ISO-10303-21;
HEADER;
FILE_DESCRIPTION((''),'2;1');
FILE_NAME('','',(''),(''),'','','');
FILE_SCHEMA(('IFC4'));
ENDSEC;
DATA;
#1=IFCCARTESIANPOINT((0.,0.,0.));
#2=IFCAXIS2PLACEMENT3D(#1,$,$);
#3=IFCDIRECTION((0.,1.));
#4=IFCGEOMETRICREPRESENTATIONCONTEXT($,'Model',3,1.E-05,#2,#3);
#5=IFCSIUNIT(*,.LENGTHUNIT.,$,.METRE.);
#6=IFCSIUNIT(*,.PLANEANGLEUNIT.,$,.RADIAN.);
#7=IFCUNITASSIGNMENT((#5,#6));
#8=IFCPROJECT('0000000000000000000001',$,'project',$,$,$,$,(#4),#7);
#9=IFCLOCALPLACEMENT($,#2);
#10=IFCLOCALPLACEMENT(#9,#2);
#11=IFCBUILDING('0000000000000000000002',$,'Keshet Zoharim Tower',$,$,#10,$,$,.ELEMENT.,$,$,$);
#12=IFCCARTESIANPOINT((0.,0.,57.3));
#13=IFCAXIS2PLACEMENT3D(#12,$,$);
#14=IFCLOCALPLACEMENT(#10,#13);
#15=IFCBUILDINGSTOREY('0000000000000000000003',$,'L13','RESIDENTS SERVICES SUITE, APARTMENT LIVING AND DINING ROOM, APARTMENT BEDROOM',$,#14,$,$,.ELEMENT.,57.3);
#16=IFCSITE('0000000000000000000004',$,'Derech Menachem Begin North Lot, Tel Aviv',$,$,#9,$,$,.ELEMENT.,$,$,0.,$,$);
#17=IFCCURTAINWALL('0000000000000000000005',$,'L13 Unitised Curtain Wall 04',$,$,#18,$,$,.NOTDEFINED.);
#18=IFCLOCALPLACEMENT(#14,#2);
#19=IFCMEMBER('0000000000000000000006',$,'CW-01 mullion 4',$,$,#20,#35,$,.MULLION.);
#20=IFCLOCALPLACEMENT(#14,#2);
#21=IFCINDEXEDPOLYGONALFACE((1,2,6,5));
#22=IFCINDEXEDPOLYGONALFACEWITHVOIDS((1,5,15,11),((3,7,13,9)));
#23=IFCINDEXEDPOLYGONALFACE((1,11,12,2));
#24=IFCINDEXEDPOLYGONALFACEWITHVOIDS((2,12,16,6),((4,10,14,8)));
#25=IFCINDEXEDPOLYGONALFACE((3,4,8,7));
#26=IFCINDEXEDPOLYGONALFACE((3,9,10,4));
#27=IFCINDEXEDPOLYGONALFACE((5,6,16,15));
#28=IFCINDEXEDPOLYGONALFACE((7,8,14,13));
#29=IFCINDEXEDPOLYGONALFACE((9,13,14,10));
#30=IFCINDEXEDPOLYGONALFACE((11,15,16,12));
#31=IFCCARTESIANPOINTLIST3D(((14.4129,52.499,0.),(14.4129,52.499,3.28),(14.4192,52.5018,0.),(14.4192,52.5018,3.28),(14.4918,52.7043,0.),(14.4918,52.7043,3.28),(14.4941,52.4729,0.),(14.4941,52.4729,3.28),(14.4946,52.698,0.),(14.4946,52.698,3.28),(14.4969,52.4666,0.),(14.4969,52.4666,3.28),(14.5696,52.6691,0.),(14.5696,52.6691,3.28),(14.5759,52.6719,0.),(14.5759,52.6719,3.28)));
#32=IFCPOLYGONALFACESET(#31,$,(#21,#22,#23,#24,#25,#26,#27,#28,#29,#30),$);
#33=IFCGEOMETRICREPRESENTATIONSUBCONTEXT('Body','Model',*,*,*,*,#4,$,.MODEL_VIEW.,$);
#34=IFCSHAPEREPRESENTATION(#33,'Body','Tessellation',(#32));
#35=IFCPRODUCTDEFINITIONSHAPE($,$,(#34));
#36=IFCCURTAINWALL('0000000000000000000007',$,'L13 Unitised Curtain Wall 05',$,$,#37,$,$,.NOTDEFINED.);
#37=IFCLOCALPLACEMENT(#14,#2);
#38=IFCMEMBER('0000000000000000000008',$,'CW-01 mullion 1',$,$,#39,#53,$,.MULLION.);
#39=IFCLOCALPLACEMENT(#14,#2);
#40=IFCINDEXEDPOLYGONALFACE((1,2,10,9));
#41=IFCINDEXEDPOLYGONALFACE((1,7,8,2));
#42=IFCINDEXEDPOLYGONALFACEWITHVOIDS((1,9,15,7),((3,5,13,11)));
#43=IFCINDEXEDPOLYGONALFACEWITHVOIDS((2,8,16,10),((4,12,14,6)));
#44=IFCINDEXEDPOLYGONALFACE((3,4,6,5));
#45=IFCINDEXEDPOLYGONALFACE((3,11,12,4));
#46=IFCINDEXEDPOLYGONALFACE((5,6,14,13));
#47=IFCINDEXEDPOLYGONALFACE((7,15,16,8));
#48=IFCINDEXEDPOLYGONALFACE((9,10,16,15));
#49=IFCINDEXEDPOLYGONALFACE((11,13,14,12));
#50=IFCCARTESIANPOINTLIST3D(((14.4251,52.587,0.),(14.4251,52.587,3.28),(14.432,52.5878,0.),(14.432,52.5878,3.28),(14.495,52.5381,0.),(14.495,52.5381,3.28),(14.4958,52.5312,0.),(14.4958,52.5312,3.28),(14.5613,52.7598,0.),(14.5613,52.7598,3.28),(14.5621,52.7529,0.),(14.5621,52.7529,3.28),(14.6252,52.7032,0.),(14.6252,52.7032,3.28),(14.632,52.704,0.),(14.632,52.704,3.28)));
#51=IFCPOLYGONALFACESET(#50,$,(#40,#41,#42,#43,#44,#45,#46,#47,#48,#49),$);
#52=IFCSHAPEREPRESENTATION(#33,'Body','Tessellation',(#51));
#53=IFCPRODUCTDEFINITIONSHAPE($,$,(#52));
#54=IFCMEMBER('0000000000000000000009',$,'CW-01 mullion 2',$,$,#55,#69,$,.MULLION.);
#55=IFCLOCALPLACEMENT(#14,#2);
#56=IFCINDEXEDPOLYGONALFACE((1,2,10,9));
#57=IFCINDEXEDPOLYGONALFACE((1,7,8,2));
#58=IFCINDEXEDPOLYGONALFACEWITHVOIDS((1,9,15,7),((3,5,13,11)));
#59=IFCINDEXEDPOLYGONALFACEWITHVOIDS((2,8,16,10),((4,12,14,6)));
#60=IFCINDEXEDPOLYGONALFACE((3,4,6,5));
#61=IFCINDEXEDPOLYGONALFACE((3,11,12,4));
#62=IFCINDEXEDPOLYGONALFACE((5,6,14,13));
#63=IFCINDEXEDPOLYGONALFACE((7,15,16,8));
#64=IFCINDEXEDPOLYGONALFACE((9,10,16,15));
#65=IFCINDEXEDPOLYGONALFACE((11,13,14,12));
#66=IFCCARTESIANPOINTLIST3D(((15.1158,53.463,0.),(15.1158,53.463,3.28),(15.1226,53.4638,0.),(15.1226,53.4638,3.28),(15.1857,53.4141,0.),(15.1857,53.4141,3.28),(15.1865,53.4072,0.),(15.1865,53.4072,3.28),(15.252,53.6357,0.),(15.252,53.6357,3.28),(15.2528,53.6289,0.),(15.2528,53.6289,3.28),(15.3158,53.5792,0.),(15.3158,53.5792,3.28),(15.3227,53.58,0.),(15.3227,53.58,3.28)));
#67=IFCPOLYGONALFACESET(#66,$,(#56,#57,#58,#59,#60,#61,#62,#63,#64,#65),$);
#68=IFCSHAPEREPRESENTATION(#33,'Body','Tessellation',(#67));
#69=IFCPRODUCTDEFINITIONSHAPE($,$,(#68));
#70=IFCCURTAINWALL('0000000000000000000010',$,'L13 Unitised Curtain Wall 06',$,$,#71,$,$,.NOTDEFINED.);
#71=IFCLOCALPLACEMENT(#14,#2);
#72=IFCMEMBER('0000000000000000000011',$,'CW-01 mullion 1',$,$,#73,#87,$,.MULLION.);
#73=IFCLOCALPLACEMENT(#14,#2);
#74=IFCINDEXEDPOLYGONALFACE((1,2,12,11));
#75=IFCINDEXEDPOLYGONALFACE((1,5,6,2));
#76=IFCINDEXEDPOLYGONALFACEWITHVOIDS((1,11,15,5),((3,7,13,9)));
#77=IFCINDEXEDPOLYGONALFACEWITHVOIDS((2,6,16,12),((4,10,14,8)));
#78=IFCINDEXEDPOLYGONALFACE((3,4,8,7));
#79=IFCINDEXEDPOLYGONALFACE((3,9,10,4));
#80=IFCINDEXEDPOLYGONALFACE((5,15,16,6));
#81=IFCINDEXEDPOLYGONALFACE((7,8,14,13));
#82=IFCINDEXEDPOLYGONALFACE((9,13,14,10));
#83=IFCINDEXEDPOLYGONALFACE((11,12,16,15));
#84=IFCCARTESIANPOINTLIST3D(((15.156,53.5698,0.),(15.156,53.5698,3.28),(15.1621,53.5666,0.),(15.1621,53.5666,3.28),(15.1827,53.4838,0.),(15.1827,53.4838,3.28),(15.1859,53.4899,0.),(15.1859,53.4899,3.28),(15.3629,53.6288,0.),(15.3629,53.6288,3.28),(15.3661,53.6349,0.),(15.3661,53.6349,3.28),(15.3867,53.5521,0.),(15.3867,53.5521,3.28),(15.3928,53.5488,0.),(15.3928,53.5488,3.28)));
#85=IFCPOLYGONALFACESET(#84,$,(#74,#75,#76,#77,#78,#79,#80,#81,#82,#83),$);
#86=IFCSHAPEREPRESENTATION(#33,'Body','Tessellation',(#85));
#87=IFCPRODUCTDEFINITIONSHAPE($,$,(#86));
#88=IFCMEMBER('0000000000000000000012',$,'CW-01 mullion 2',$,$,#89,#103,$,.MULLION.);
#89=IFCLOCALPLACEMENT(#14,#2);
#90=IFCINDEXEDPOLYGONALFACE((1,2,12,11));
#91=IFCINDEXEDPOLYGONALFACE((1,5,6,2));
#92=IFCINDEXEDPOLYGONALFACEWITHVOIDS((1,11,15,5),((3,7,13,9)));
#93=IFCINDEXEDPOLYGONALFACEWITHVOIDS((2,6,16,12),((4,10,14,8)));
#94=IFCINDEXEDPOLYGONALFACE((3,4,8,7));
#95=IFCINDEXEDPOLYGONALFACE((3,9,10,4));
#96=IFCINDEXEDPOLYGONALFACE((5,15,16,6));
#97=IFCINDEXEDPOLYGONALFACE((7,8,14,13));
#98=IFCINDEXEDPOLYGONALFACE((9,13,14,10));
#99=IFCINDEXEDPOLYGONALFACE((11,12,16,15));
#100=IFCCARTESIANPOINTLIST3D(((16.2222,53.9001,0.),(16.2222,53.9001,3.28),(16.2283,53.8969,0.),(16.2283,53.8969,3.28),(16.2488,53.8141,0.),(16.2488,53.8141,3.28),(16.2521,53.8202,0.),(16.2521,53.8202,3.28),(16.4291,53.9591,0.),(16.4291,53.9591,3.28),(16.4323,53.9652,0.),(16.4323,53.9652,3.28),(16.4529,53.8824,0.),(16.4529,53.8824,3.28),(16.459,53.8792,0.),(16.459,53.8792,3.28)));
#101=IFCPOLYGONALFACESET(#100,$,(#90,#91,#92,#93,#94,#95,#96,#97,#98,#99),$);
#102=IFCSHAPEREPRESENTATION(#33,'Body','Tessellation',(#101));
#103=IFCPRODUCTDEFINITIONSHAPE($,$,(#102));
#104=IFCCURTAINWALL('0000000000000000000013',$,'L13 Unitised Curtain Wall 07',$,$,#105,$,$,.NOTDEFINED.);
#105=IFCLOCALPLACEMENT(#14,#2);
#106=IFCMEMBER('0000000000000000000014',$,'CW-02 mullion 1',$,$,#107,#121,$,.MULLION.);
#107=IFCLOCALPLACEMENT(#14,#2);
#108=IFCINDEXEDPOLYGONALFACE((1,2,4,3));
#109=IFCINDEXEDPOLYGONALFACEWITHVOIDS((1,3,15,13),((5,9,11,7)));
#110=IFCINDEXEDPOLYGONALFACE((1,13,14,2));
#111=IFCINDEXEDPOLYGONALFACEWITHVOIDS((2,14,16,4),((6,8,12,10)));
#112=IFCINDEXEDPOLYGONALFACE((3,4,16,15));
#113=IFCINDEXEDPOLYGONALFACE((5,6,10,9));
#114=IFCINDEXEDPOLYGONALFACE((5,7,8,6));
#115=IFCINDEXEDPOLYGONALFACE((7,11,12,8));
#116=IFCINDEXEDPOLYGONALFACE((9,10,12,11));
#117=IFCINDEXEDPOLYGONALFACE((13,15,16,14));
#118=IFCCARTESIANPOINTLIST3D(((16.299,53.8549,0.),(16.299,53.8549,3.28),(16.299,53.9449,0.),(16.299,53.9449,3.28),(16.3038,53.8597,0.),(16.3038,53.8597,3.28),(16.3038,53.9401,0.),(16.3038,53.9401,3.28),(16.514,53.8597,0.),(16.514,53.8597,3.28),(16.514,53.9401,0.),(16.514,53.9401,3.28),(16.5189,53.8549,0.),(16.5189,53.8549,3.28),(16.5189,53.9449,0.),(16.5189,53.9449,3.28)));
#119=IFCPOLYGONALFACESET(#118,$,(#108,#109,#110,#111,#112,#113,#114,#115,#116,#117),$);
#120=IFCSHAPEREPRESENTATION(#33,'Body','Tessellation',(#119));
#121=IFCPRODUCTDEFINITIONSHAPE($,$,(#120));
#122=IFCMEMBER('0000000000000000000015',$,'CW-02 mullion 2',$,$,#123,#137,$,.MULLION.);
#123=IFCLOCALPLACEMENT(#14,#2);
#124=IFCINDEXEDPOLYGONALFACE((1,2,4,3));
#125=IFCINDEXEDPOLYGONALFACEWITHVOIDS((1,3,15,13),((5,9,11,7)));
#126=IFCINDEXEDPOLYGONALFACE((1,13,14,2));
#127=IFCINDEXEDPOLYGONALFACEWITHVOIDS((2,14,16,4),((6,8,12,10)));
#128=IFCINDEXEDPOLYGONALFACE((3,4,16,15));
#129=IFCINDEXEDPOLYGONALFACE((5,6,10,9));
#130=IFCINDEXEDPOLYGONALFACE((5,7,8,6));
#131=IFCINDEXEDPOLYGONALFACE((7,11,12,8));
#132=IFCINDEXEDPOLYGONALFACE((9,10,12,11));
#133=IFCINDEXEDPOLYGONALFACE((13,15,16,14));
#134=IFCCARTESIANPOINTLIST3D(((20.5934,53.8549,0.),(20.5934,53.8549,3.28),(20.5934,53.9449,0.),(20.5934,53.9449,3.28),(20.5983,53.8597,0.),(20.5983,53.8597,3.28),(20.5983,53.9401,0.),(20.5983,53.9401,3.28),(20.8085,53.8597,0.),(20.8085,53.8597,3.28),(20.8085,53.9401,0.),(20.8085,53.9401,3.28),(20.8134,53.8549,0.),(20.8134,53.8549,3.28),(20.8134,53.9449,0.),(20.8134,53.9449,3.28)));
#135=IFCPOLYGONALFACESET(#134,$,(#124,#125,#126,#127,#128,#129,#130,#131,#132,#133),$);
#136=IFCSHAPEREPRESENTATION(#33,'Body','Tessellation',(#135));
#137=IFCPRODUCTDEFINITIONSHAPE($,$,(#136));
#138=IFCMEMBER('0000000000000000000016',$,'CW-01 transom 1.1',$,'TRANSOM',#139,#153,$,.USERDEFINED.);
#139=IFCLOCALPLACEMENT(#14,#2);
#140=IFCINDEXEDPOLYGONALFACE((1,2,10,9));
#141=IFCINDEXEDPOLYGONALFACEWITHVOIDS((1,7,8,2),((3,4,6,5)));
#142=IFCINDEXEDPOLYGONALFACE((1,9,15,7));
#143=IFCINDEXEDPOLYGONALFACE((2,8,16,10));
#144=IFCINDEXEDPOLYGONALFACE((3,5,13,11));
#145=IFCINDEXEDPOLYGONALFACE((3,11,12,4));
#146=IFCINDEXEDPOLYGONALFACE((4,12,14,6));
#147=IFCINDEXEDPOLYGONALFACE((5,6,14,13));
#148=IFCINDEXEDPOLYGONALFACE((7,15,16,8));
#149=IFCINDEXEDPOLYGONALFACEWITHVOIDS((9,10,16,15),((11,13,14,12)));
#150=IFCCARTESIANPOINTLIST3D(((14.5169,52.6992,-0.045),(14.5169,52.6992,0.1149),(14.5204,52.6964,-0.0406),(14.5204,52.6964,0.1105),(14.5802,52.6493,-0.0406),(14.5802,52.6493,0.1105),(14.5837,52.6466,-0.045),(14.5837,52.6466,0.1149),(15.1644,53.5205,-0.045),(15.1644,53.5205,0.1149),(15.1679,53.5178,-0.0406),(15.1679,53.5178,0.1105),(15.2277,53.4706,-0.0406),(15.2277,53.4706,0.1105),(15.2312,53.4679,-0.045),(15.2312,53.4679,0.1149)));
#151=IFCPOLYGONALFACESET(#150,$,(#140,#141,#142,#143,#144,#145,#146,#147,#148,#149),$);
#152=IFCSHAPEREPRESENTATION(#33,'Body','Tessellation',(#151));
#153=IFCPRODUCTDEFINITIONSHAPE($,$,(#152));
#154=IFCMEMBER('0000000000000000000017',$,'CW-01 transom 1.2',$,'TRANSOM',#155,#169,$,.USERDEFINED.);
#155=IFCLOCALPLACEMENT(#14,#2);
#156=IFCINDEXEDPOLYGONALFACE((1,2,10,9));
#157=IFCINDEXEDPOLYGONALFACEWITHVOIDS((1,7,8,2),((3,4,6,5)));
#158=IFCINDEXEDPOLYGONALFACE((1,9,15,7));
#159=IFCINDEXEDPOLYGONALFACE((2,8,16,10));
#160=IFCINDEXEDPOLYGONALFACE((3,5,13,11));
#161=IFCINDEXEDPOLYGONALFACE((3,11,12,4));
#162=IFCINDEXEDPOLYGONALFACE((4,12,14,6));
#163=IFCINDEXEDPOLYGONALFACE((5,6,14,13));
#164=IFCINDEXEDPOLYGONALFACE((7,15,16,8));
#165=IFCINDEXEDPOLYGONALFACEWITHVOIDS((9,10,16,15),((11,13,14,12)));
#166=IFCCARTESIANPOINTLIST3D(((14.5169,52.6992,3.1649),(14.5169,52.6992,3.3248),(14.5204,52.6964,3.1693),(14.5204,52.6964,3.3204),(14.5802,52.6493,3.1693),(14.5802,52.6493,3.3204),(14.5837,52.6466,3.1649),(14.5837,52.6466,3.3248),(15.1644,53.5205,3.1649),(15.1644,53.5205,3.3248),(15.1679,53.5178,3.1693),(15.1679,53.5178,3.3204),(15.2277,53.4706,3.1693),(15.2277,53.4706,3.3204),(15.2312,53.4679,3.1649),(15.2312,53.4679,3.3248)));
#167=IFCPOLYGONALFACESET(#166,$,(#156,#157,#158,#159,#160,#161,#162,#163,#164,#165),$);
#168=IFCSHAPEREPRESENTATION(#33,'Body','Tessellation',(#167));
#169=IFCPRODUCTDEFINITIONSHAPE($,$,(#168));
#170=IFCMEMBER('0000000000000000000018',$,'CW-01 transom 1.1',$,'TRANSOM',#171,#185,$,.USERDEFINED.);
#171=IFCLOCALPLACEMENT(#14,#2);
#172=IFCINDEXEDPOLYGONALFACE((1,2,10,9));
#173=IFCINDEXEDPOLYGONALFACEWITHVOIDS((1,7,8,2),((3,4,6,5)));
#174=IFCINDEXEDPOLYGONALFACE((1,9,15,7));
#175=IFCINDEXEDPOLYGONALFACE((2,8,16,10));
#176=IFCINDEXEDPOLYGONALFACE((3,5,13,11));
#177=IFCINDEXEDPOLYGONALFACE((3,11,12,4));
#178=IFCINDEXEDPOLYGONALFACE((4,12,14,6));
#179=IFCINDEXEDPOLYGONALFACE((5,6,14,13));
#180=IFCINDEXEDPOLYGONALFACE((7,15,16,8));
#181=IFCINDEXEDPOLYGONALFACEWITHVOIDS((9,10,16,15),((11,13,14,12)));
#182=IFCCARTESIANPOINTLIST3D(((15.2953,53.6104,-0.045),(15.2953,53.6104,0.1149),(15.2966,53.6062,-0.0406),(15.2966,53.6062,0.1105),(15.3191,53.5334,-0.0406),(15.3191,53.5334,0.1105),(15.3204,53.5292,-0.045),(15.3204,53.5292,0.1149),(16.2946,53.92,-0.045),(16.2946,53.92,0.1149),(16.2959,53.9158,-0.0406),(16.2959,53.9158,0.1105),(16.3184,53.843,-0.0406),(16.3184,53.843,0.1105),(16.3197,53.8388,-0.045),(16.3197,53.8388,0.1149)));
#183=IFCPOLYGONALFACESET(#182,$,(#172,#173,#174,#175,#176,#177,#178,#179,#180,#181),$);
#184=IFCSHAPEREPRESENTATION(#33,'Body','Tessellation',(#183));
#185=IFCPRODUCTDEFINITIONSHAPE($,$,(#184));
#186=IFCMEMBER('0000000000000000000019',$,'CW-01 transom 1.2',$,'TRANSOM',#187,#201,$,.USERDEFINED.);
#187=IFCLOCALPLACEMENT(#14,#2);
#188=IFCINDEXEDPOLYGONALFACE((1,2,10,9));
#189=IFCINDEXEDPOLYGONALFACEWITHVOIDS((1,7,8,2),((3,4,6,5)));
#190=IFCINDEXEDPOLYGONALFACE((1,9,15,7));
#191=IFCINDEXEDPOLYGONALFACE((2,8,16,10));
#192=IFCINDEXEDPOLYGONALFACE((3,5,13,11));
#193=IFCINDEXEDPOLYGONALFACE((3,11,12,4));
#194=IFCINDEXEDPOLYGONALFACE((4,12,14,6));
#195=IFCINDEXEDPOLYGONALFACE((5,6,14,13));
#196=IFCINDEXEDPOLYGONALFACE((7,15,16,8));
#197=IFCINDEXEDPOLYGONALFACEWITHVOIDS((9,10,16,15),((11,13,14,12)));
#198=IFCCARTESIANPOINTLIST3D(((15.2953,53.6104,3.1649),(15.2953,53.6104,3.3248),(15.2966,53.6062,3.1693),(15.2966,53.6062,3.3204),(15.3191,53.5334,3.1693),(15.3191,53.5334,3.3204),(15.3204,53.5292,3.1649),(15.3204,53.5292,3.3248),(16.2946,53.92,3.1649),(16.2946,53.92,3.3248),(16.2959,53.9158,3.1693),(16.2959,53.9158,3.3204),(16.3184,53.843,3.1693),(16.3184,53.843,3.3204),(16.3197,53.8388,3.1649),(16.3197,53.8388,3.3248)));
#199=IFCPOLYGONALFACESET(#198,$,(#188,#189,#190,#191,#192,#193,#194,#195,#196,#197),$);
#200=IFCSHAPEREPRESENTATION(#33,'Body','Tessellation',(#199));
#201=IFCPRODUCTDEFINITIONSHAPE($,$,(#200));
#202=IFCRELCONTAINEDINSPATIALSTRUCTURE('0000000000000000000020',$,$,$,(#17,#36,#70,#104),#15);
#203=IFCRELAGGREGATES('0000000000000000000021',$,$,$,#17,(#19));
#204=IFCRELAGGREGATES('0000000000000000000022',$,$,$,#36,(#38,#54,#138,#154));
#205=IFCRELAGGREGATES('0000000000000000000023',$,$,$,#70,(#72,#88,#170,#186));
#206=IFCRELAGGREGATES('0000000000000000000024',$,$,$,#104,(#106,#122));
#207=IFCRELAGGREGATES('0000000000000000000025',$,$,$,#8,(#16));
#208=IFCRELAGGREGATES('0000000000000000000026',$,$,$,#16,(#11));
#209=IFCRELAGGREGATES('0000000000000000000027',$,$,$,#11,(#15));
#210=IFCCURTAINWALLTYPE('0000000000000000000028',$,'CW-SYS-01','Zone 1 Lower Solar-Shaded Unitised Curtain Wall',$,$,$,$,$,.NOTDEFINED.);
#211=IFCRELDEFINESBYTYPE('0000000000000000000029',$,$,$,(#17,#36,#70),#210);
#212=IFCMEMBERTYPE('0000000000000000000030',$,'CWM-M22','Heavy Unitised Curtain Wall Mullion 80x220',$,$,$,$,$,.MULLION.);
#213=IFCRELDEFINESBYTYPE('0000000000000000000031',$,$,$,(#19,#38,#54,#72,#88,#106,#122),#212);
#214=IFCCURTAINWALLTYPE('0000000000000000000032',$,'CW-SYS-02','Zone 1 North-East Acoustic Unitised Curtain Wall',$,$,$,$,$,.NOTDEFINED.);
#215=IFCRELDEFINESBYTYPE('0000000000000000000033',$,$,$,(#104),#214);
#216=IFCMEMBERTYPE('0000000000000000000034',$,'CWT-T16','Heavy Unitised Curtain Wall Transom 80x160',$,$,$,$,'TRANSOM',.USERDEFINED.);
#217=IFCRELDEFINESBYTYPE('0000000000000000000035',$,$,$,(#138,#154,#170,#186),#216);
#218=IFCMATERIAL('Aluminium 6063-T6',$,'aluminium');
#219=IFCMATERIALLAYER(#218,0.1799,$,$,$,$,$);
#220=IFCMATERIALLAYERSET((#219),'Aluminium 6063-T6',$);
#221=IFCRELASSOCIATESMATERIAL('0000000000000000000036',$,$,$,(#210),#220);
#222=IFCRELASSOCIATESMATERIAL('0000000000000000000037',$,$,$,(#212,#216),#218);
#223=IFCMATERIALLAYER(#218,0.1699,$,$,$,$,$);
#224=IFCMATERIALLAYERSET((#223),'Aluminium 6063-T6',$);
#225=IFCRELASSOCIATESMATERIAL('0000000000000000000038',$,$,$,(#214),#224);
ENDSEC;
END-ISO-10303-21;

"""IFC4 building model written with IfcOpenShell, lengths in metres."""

from ifc_helpers import new_model, si_unit, direction, frame, origin, origin_2d, place, context, subcontext, project, spatial, hollow_rectangle, extrude, material, layer, layer_set, material_profile, profile_set, type_object, element, aggregate, save


model = new_model("IFC4")

# Units and contexts
model_context = context("Model", 3, precision=1e-05, world=origin(), true_north=direction((0.0, 1.0)))
body_context = subcontext(model_context, "Body", "Model", "MODEL_VIEW")
ifc_project = project(units=[si_unit("LENGTHUNIT", "METRE"), si_unit("PLANEANGLEUNIT", "RADIAN")], contexts=[model_context])

# Site, building, storey
site_placement = place(None, origin())
site = spatial("IfcSite", under=ifc_project, at=site_placement, Name="Derech Menachem Begin North Lot, Tel Aviv", CompositionType="ELEMENT", RefElevation=0.0)
building_placement = place(site_placement, origin())
building = spatial("IfcBuilding", under=site, at=building_placement, Name="Keshet Zoharim Tower", CompositionType="ELEMENT")
storey_placement = place(building_placement, frame((0.0, 0.0, 57.3)))
storey = spatial("IfcBuildingStorey", under=building, at=storey_placement, Name="L13", Description="RESIDENTS SERVICES SUITE, APARTMENT LIVING AND DINING ROOM, APARTMENT BEDROOM", CompositionType="ELEMENT", Elevation=57.3)

# Curtain wall, member
ifc_material_1 = material(Name="Aluminium 6063-T6", Category="aluminium")
ifc_layer_1 = layer(ifc_material_1, 0.1799)
ifc_layer_set_1 = layer_set([ifc_layer_1], Name="Aluminium 6063-T6")
curtain_wall_type_1 = type_object("IfcCurtainWallType", Name="CW-SYS-01", Description="Zone 1 Lower Solar-Shaded Unitised Curtain Wall", PredefinedType="NOTDEFINED", material=ifc_layer_set_1)
curtain_wall_1_placement = place(storey_placement, origin())
curtain_wall_1 = element("IfcCurtainWall", 1, at=curtain_wall_1_placement, inside=storey, type_object=curtain_wall_type_1, Name="L13 Unitised Curtain Wall 04", PredefinedType="NOTDEFINED")
ifc_material_profile_1 = material_profile(ifc_material_1, hollow_rectangle(XDim=0.0901, YDim=0.22, WallThickness=0.0049, at=origin_2d()), Name="MUL-90x220")
ifc_profile_set_1 = profile_set([ifc_material_profile_1], Name="Aluminium 6063-T6")
member_type_1 = type_object("IfcMemberType", Name="CWM-M22", Description="Heavy Unitised Curtain Wall Mullion 80x220", PredefinedType="MULLION", material=ifc_profile_set_1)
member_1_placement = place(storey_placement, frame((14.4944, 52.5854, 0.0), z_axis=(0.0, 0.0, 1.0), x_axis=(-0.933341, 0.35899, 0.0)))
member_1 = element("IfcMember", 2, at=member_1_placement, type_object=member_type_1, Name="CW-01 mullion 4", PredefinedType="MULLION", context=body_context, shape_type="SweptSolid", body=[
    extrude(hollow_rectangle(XDim=0.0901, YDim=0.22, WallThickness=0.0049, at=origin_2d()), origin(), (0.0, 0.0, 1.0), 3.28),
])
aggregate(curtain_wall_1, [member_1])

# Curtain walls, members
curtain_wall_2_placement = place(storey_placement, origin())
curtain_wall_2 = element("IfcCurtainWall", 3, at=curtain_wall_2_placement, inside=storey, type_object=curtain_wall_type_1, Name="L13 Unitised Curtain Wall 05", PredefinedType="NOTDEFINED")
member_2_placement = place(storey_placement, frame((14.5286, 52.6455, 0.0), z_axis=(0.0, 0.0, 1.0), x_axis=(-0.785293, 0.619125, 0.0)))
member_2 = element("IfcMember", 4, at=member_2_placement, type_object=member_type_1, Name="CW-01 mullion 1", PredefinedType="MULLION", context=body_context, shape_type="SweptSolid", body=[
    extrude(hollow_rectangle(XDim=0.0901, YDim=0.22, WallThickness=0.0049, at=origin_2d()), origin(), (0.0, 0.0, 1.0), 3.28),
])
member_3_placement = place(storey_placement, frame((15.2192, 53.5215, 0.0), z_axis=(0.0, 0.0, 1.0), x_axis=(-0.785293, 0.619125, 0.0)))
member_3 = element("IfcMember", 5, at=member_3_placement, type_object=member_type_1, Name="CW-01 mullion 2", PredefinedType="MULLION", context=body_context, shape_type="SweptSolid", body=[
    extrude(hollow_rectangle(XDim=0.0901, YDim=0.22, WallThickness=0.0049, at=origin_2d()), origin(), (0.0, 0.0, 1.0), 3.28),
])
curtain_wall_3_placement = place(storey_placement, origin())
curtain_wall_3 = element("IfcCurtainWall", 6, at=curtain_wall_3_placement, inside=storey, type_object=curtain_wall_type_1, Name="L13 Unitised Curtain Wall 06", PredefinedType="NOTDEFINED")
member_4_placement = place(storey_placement, frame((15.2744, 53.5593, 0.0), z_axis=(0.0, 0.0, 1.0), x_axis=(-0.295922, 0.955212, 0.0)))
member_4 = element("IfcMember", 7, at=member_4_placement, type_object=member_type_1, Name="CW-01 mullion 1", PredefinedType="MULLION", context=body_context, shape_type="SweptSolid", body=[
    extrude(hollow_rectangle(XDim=0.0901, YDim=0.22, WallThickness=0.0049, at=origin_2d()), origin(), (0.0, 0.0, 1.0), 3.28),
])
member_5_placement = place(storey_placement, frame((16.3406, 53.8896, 0.0), z_axis=(0.0, 0.0, 1.0), x_axis=(-0.295922, 0.955212, 0.0)))
member_5 = element("IfcMember", 8, at=member_5_placement, type_object=member_type_1, Name="CW-01 mullion 2", PredefinedType="MULLION", context=body_context, shape_type="SweptSolid", body=[
    extrude(hollow_rectangle(XDim=0.0901, YDim=0.22, WallThickness=0.0049, at=origin_2d()), origin(), (0.0, 0.0, 1.0), 3.28),
])
ifc_layer_2 = layer(ifc_material_1, 0.1699)
ifc_layer_set_2 = layer_set([ifc_layer_2], Name="Aluminium 6063-T6")
curtain_wall_type_2 = type_object("IfcCurtainWallType", Name="CW-SYS-02", Description="Zone 1 North-East Acoustic Unitised Curtain Wall", PredefinedType="NOTDEFINED", material=ifc_layer_set_2)
curtain_wall_4_placement = place(storey_placement, origin())
curtain_wall_4 = element("IfcCurtainWall", 9, at=curtain_wall_4_placement, inside=storey, type_object=curtain_wall_type_2, Name="L13 Unitised Curtain Wall 07", PredefinedType="NOTDEFINED")
member_6_placement = place(storey_placement, frame((16.4089, 53.8999, 0.0), z_axis=(0.0, 0.0, 1.0), x_axis=(0.0, 1.0, 0.0)))
member_6 = element("IfcMember", 10, at=member_6_placement, type_object=member_type_1, Name="CW-02 mullion 1", PredefinedType="MULLION", context=body_context, shape_type="SweptSolid", body=[
    extrude(hollow_rectangle(XDim=0.0901, YDim=0.22, WallThickness=0.0049, at=origin_2d()), origin(), (0.0, 0.0, 1.0), 3.28),
])
member_7_placement = place(storey_placement, frame((20.7034, 53.8999, 0.0), z_axis=(0.0, 0.0, 1.0), x_axis=(0.0, 1.0, 0.0)))
member_7 = element("IfcMember", 11, at=member_7_placement, type_object=member_type_1, Name="CW-02 mullion 2", PredefinedType="MULLION", context=body_context, shape_type="SweptSolid", body=[
    extrude(hollow_rectangle(XDim=0.0901, YDim=0.22, WallThickness=0.0049, at=origin_2d()), origin(), (0.0, 0.0, 1.0), 3.28),
])

# Members
ifc_material_profile_2 = material_profile(ifc_material_1, hollow_rectangle(XDim=0.085, YDim=0.1599, WallThickness=0.0044, at=origin_2d()), Name="TRN-85x160")
ifc_profile_set_2 = profile_set([ifc_material_profile_2], Name="Aluminium 6063-T6")
member_type_2 = type_object("IfcMemberType", Name="CWT-T16", Description="Heavy Unitised Curtain Wall Transom 80x160", ElementType="TRANSOM", PredefinedType="USERDEFINED", material=ifc_profile_set_2)
member_8_placement = place(storey_placement, frame((14.5503, 52.6729, 0.0349), z_axis=(0.619099, 0.785313, 0.0), x_axis=(-0.785313, 0.619099, 0.0)))
member_8 = element("IfcMember", 12, at=member_8_placement, type_object=member_type_2, Name="CW-01 transom 1.1", ObjectType="TRANSOM", PredefinedType="USERDEFINED", context=body_context, shape_type="SweptSolid", body=[
    extrude(hollow_rectangle(XDim=0.085, YDim=0.1599, WallThickness=0.0044, at=origin_2d()), origin(), (0.0, 0.0, 1.0), 1.0459),
])
member_9_placement = place(storey_placement, frame((14.5503, 52.6729, 3.2449), z_axis=(0.619099, 0.785313, 0.0), x_axis=(-0.785313, 0.619099, 0.0)))
member_9 = element("IfcMember", 13, at=member_9_placement, type_object=member_type_2, Name="CW-01 transom 1.2", ObjectType="TRANSOM", PredefinedType="USERDEFINED", context=body_context, shape_type="SweptSolid", body=[
    extrude(hollow_rectangle(XDim=0.085, YDim=0.1599, WallThickness=0.0044, at=origin_2d()), origin(), (0.0, 0.0, 1.0), 1.0459),
])
member_10_placement = place(storey_placement, frame((15.3079, 53.5698, 0.0349), z_axis=(0.955212, 0.295922, 0.0), x_axis=(-0.295922, 0.955212, 0.0)))
member_10 = element("IfcMember", 14, at=member_10_placement, type_object=member_type_2, Name="CW-01 transom 1.1", ObjectType="TRANSOM", PredefinedType="USERDEFINED", context=body_context, shape_type="SweptSolid", body=[
    extrude(hollow_rectangle(XDim=0.085, YDim=0.1599, WallThickness=0.0044, at=origin_2d()), origin(), (0.0, 0.0, 1.0), 1.0461),
])
member_11_placement = place(storey_placement, frame((15.3079, 53.5698, 3.2449), z_axis=(0.955212, 0.295922, 0.0), x_axis=(-0.295922, 0.955212, 0.0)))
member_11 = element("IfcMember", 15, at=member_11_placement, type_object=member_type_2, Name="CW-01 transom 1.2", ObjectType="TRANSOM", PredefinedType="USERDEFINED", context=body_context, shape_type="SweptSolid", body=[
    extrude(hollow_rectangle(XDim=0.085, YDim=0.1599, WallThickness=0.0044, at=origin_2d()), origin(), (0.0, 0.0, 1.0), 1.0461),
])

aggregate(curtain_wall_2, [member_2, member_3, member_8, member_9])
aggregate(curtain_wall_3, [member_4, member_5, member_10, member_11])
aggregate(curtain_wall_4, [member_6, member_7])

save(model, "model.ifc")
